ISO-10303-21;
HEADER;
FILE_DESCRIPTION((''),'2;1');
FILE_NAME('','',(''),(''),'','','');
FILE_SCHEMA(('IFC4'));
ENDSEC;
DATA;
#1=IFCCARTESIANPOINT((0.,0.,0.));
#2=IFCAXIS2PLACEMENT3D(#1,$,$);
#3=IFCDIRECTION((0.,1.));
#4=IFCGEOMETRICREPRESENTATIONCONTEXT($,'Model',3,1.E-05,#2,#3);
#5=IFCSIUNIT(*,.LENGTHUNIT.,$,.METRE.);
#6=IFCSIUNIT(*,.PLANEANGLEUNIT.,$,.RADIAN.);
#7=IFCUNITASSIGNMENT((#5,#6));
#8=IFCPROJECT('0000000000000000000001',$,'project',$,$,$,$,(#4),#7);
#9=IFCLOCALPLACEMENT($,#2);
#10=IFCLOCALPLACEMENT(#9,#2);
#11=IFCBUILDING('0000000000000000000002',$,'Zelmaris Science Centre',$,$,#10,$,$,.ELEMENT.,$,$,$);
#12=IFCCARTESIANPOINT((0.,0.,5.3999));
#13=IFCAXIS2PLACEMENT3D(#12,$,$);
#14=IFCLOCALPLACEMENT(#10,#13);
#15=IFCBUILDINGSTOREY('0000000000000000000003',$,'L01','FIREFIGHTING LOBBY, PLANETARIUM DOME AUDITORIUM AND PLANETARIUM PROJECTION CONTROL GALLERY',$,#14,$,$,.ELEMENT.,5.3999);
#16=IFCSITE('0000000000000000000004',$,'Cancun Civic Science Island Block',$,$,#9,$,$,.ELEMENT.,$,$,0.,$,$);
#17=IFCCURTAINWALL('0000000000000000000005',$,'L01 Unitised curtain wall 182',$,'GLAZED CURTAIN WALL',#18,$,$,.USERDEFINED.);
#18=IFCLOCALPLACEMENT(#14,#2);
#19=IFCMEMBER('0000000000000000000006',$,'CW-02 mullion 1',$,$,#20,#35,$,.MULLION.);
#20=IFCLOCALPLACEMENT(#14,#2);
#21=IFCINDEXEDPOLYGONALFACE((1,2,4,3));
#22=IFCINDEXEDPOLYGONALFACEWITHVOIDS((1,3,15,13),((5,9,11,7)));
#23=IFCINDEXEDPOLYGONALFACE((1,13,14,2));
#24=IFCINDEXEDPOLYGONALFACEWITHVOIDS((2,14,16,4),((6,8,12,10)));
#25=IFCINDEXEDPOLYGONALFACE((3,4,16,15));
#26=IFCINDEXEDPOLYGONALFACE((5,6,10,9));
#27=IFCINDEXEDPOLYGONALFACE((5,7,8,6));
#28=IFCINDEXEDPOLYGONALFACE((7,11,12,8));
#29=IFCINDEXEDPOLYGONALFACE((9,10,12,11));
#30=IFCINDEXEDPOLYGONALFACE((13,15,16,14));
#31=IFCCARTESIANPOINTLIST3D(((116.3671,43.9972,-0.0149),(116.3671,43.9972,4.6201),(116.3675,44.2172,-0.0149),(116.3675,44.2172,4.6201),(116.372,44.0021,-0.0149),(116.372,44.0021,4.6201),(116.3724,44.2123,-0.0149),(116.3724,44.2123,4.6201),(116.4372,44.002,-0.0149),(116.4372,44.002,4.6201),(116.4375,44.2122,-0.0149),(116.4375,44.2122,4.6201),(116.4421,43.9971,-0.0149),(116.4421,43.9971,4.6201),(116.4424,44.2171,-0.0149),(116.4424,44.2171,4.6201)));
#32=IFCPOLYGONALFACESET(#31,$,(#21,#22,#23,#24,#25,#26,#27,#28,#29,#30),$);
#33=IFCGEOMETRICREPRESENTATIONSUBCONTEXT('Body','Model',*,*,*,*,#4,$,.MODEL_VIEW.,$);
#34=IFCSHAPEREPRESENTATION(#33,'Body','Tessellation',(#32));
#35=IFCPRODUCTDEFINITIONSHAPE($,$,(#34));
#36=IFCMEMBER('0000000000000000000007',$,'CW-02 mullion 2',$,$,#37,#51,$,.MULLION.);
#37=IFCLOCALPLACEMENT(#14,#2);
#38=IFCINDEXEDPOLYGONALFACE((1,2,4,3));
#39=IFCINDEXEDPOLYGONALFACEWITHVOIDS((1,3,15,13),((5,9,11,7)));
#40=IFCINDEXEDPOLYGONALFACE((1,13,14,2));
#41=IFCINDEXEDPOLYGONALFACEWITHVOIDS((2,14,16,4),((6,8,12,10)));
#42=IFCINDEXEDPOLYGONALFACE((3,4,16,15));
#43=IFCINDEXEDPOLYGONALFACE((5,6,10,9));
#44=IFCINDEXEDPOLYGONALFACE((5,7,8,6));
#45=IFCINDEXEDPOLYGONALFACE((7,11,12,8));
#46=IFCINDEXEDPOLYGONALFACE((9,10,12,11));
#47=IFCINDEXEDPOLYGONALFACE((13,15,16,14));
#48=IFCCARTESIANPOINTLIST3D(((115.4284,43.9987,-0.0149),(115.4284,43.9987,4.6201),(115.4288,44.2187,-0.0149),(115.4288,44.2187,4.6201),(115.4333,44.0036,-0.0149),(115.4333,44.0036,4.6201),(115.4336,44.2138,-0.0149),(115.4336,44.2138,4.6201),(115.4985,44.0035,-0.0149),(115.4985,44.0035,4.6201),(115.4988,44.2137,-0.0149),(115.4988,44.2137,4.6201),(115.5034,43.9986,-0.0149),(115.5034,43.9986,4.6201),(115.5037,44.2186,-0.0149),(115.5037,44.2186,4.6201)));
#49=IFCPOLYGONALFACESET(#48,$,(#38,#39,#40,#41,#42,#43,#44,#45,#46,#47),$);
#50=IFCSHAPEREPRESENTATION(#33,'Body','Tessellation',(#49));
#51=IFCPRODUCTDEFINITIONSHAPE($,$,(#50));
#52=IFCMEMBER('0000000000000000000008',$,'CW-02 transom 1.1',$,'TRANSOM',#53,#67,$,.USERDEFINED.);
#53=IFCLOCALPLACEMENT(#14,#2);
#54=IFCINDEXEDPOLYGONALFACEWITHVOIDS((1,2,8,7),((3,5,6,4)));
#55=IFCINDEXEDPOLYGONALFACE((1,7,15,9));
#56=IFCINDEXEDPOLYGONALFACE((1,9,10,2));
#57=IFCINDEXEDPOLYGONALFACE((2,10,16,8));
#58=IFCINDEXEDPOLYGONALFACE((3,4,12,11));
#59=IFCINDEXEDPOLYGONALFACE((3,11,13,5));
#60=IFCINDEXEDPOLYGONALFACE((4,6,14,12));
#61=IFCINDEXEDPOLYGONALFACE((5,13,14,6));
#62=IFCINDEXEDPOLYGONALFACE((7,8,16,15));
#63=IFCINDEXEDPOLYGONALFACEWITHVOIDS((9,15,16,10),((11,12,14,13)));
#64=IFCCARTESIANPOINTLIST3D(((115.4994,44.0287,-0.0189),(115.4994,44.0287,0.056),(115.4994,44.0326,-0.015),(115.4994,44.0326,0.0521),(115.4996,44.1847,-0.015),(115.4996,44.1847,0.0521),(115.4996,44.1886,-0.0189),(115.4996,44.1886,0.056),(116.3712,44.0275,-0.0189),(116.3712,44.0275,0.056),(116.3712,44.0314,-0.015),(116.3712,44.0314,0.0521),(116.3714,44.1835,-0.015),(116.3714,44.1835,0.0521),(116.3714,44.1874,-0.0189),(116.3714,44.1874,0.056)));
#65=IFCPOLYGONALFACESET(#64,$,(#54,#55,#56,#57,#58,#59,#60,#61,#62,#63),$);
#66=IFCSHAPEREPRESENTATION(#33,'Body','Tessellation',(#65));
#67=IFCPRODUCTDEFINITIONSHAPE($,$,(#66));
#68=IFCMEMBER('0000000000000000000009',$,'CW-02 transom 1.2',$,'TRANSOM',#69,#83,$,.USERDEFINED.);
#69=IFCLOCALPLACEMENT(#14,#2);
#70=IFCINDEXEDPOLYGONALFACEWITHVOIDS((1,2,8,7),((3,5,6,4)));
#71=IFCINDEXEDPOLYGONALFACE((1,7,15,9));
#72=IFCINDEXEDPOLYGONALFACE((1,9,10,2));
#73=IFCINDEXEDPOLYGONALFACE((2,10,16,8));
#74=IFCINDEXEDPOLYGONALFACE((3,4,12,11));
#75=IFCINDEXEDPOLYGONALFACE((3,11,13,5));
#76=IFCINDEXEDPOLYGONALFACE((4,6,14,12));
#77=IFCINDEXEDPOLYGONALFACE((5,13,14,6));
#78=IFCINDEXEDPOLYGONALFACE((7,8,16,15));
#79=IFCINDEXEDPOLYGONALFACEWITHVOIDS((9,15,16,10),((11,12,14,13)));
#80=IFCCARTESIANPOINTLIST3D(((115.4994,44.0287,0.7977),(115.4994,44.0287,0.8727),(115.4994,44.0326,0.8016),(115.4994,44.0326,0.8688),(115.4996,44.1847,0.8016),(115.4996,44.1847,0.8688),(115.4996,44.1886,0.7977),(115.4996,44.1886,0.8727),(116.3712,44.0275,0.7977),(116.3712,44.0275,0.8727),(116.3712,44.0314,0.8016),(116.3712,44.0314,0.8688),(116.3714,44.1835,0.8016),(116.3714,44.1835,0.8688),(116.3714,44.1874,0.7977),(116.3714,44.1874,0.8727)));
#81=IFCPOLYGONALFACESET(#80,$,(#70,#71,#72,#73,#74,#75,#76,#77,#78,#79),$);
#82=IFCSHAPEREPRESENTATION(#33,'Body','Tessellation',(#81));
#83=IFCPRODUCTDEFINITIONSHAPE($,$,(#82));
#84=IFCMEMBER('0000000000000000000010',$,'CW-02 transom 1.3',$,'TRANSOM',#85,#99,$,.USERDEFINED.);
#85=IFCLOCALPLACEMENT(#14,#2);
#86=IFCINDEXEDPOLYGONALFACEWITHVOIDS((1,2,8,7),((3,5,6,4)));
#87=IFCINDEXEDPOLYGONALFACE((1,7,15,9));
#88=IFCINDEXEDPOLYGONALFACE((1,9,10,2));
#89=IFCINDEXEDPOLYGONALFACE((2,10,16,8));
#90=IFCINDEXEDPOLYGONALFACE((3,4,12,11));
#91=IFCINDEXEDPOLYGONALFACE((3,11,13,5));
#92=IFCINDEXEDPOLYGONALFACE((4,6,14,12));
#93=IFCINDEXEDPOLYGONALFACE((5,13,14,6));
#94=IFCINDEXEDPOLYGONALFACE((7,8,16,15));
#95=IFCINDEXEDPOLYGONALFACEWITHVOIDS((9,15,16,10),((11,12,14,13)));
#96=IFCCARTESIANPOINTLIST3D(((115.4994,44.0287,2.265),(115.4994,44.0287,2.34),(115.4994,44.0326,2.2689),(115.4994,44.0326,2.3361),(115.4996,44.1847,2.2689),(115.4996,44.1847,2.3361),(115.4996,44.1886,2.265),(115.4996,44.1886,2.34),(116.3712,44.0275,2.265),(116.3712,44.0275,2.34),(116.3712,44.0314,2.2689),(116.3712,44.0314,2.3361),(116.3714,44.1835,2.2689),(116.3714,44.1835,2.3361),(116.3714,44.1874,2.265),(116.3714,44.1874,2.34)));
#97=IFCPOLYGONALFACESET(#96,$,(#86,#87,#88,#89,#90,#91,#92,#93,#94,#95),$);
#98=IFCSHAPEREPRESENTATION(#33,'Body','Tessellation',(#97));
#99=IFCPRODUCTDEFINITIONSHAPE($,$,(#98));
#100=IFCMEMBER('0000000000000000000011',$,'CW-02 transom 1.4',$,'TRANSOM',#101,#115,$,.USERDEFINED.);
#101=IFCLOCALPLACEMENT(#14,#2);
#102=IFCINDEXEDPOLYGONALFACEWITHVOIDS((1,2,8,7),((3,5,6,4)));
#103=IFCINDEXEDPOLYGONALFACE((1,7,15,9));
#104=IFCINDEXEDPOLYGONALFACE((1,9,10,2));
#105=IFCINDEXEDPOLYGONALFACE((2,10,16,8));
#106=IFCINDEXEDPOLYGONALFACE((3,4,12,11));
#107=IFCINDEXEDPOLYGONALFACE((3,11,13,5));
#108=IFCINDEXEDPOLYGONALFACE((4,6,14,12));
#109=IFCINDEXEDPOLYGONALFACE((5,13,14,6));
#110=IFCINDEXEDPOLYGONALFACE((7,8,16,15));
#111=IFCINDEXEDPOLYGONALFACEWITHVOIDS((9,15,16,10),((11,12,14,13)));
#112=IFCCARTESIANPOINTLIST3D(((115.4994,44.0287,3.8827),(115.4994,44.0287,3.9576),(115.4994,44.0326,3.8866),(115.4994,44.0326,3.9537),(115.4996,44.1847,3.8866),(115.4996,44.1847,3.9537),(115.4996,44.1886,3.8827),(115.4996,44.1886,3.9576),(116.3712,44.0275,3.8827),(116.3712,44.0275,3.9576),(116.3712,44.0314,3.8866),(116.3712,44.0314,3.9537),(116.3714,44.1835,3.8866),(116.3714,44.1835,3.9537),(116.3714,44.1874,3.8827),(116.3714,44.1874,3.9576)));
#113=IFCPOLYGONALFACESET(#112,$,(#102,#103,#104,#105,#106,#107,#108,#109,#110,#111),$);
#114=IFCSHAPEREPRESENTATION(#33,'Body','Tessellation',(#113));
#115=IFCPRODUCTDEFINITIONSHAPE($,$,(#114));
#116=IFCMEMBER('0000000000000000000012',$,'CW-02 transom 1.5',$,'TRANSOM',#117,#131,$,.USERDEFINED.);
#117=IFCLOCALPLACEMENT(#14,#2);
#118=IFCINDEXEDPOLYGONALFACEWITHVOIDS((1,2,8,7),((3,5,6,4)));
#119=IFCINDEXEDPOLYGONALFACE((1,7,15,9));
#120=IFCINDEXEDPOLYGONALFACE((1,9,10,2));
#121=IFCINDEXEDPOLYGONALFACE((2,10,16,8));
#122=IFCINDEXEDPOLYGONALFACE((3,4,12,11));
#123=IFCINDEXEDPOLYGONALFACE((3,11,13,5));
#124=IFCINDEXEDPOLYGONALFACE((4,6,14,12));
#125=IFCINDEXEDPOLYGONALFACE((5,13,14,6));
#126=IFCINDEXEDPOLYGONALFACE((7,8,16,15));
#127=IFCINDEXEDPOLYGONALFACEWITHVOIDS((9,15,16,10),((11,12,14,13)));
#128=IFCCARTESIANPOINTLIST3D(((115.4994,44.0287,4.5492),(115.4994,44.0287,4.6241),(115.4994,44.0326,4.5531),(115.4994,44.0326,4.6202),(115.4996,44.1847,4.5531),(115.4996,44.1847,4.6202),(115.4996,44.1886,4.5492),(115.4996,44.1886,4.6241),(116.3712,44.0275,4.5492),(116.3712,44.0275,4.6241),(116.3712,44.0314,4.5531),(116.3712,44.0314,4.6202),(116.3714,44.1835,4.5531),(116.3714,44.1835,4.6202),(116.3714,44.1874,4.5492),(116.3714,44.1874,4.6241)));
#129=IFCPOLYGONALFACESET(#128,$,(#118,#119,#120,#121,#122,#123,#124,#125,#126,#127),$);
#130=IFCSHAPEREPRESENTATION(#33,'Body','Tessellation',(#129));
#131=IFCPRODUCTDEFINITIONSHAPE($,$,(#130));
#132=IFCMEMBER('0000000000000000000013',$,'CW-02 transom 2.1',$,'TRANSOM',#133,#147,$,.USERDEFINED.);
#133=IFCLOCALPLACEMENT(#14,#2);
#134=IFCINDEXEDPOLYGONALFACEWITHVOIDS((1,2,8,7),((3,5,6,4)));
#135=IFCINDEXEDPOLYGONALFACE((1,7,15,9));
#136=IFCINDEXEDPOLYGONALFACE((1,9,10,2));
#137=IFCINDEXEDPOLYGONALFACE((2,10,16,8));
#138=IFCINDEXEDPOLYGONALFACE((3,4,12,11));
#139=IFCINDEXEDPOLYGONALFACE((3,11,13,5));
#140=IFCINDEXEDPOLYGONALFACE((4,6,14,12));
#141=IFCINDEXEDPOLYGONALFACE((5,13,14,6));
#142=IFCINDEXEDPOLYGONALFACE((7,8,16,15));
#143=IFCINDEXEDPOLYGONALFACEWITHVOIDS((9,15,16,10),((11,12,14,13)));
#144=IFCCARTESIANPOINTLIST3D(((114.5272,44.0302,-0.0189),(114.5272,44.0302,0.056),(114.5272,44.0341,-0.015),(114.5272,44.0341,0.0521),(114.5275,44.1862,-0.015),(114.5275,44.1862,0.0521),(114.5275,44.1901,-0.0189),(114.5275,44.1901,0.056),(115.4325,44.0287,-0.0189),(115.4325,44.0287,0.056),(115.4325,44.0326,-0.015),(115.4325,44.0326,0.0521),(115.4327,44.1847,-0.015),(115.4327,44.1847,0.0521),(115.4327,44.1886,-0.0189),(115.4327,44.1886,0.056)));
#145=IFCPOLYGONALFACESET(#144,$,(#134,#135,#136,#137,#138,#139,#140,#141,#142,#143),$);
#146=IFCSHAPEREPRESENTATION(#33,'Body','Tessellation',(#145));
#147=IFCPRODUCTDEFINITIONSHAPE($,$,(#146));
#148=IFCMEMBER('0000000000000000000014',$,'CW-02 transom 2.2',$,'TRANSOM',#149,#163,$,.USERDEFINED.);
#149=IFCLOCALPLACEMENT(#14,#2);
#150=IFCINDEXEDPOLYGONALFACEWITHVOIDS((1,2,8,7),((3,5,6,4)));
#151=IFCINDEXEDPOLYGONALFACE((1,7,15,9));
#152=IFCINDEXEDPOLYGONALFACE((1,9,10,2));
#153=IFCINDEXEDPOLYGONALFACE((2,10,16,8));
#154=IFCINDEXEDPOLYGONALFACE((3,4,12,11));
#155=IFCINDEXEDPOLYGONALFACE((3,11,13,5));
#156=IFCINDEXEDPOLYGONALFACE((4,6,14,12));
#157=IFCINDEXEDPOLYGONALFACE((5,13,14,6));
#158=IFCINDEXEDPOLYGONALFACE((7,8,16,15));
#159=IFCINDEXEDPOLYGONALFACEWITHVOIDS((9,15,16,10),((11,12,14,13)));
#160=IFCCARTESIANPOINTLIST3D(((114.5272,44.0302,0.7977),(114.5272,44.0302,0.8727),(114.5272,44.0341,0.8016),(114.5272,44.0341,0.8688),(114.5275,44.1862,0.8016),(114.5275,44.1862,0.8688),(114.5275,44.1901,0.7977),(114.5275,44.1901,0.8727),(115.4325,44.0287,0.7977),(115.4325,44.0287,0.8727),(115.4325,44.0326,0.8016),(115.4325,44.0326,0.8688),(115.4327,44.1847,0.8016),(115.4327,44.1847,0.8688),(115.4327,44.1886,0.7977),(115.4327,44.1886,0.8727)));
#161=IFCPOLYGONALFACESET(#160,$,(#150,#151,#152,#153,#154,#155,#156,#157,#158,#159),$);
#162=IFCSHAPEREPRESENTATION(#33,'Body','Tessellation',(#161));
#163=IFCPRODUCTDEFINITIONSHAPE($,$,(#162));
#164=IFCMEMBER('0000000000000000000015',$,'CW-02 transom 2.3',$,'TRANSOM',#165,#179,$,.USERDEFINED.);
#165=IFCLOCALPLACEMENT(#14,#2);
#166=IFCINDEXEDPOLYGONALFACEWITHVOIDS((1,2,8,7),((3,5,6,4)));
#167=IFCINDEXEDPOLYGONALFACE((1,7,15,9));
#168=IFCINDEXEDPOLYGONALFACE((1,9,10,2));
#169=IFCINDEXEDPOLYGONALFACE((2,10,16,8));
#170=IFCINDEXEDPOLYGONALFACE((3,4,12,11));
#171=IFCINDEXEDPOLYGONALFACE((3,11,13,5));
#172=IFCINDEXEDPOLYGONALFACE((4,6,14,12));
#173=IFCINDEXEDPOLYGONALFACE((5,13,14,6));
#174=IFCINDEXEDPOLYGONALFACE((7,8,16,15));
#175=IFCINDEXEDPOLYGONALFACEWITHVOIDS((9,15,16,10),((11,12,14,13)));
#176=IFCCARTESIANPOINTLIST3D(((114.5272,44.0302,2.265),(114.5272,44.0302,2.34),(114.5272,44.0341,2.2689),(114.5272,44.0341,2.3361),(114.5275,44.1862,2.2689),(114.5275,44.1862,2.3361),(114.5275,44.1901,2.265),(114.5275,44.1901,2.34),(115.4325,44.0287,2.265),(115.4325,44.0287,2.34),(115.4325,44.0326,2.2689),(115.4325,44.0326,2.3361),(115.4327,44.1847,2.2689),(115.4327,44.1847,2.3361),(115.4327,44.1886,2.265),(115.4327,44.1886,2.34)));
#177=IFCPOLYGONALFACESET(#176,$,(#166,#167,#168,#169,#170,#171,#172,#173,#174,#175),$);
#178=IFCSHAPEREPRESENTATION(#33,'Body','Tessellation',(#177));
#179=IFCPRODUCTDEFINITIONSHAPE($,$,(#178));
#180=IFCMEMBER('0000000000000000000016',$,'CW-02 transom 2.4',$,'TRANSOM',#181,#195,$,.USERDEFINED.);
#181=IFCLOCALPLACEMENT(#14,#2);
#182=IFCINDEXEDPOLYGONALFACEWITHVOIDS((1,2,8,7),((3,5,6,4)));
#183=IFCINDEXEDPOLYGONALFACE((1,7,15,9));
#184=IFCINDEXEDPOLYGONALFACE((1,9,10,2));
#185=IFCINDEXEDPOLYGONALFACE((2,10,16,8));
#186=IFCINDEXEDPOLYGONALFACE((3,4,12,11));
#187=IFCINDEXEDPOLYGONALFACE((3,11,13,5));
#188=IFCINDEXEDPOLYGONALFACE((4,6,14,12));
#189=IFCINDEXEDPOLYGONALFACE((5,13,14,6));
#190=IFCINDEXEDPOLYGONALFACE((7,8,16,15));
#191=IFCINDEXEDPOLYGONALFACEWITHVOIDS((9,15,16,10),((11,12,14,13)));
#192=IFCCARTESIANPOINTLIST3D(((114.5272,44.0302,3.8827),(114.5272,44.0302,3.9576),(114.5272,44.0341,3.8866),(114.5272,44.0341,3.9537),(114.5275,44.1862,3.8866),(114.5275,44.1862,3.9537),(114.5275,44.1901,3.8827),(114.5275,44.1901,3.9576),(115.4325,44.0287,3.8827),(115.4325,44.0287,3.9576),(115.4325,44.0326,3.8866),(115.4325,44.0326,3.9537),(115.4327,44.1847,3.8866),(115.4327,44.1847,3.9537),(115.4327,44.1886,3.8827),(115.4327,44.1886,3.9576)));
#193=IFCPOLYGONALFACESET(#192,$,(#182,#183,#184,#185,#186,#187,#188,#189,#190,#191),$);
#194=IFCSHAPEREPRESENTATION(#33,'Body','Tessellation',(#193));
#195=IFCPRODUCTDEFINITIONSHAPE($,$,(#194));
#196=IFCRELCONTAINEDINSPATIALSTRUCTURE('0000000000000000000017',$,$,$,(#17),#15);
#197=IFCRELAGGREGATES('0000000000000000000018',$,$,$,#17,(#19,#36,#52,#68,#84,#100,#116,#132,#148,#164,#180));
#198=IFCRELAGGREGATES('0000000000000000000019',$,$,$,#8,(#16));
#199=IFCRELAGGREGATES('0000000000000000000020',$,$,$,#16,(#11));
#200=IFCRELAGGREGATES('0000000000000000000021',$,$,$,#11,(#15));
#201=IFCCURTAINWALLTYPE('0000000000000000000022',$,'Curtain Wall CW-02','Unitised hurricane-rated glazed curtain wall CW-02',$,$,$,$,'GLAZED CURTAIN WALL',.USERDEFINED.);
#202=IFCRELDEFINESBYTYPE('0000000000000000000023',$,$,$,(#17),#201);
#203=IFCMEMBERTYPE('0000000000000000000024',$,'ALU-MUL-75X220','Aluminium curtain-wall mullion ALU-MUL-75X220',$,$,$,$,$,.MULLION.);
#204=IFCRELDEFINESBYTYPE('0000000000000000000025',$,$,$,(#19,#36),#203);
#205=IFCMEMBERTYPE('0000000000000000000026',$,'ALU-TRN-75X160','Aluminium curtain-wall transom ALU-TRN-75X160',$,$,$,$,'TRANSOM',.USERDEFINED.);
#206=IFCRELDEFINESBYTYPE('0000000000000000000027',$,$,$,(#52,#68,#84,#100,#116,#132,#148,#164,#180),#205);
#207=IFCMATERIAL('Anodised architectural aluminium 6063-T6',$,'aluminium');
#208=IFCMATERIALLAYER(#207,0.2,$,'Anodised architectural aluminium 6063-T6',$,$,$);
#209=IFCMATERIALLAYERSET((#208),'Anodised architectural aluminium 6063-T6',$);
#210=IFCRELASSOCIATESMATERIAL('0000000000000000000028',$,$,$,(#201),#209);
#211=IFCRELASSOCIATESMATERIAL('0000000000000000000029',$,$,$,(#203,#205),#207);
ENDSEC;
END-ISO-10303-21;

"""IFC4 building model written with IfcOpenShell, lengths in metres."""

from ifc_helpers import new_model, si_unit, direction, frame, origin, origin_2d, place, context, subcontext, project, spatial, hollow_rectangle, extrude, material, layer, layer_set, material_profile, profile_set, type_object, element, aggregate, save


model = new_model("IFC4")

# Units and contexts
model_context = context("Model", 3, precision=1e-05, world=origin(), true_north=direction((0.0, 1.0)))
body_context = subcontext(model_context, "Body", "Model", "MODEL_VIEW")
ifc_project = project(units=[si_unit("LENGTHUNIT", "METRE"), si_unit("PLANEANGLEUNIT", "RADIAN")], contexts=[model_context])

# Site, building, storey
site_placement = place(None, origin())
site = spatial("IfcSite", under=ifc_project, at=site_placement, Name="Cancun Civic Science Island Block", CompositionType="ELEMENT", RefElevation=0.0)
building_placement = place(site_placement, origin())
building = spatial("IfcBuilding", under=site, at=building_placement, Name="Zelmaris Science Centre", CompositionType="ELEMENT")
storey_placement = place(building_placement, frame((0.0, 0.0, 5.3999)))
storey = spatial("IfcBuildingStorey", under=building, at=storey_placement, Name="L01", Description="FIREFIGHTING LOBBY, PLANETARIUM DOME AUDITORIUM AND PLANETARIUM PROJECTION CONTROL GALLERY", CompositionType="ELEMENT", Elevation=5.3999)

# Curtain wall, members
ifc_material_1 = material(Name="Anodised architectural aluminium 6063-T6", Category="aluminium")
ifc_layer_1 = layer(ifc_material_1, 0.2, Name="Anodised architectural aluminium 6063-T6")
ifc_layer_set_1 = layer_set([ifc_layer_1], Name="Anodised architectural aluminium 6063-T6")
curtain_wall_type_1 = type_object("IfcCurtainWallType", Name="Curtain Wall CW-02", Description="Unitised hurricane-rated glazed curtain wall CW-02", ElementType="GLAZED CURTAIN WALL", PredefinedType="USERDEFINED", material=ifc_layer_set_1)
curtain_wall_1_placement = place(storey_placement, origin())
curtain_wall_1 = element("IfcCurtainWall", 1, at=curtain_wall_1_placement, inside=storey, type_object=curtain_wall_type_1, Name="L01 Unitised curtain wall 182", ObjectType="GLAZED CURTAIN WALL", PredefinedType="USERDEFINED")
ifc_material_profile_1 = material_profile(ifc_material_1, hollow_rectangle(XDim=0.075, YDim=0.22, WallThickness=0.0049, at=origin_2d()), Name="ALU-MUL-75X220")
ifc_profile_set_1 = profile_set([ifc_material_profile_1], Name="Anodised architectural aluminium 6063-T6")
member_type_1 = type_object("IfcMemberType", Name="ALU-MUL-75X220", Description="Aluminium curtain-wall mullion ALU-MUL-75X220", PredefinedType="MULLION", material=ifc_profile_set_1)
member_1_placement = place(storey_placement, frame((116.4048, 44.1072, -0.0149), z_axis=(0.0, 0.0, 1.0), x_axis=(-0.999999, 0.001525, 0.0)))
member_1 = element("IfcMember", 2, at=member_1_placement, type_object=member_type_1, Name="CW-02 mullion 1", PredefinedType="MULLION", context=body_context, shape_type="SweptSolid", body=[
    extrude(hollow_rectangle(XDim=0.075, YDim=0.22, WallThickness=0.0049, at=origin_2d()), origin(), (0.0, 0.0, 1.0), 4.635),
])
member_2_placement = place(storey_placement, frame((115.4661, 44.1086, -0.0149), z_axis=(0.0, 0.0, 1.0), x_axis=(-0.999999, 0.001525, 0.0)))
member_2 = element("IfcMember", 3, at=member_2_placement, type_object=member_type_1, Name="CW-02 mullion 2", PredefinedType="MULLION", context=body_context, shape_type="SweptSolid", body=[
    extrude(hollow_rectangle(XDim=0.075, YDim=0.22, WallThickness=0.0049, at=origin_2d()), origin(), (0.0, 0.0, 1.0), 4.635),
])
ifc_material_profile_2 = material_profile(ifc_material_1, hollow_rectangle(XDim=0.075, YDim=0.1599, WallThickness=0.0039, at=origin_2d()), Name="ALU-TRN-75X160")
ifc_profile_set_2 = profile_set([ifc_material_profile_2], Name="Anodised architectural aluminium 6063-T6")
member_type_2 = type_object("IfcMemberType", Name="ALU-TRN-75X160", Description="Aluminium curtain-wall transom ALU-TRN-75X160", ElementType="TRANSOM", PredefinedType="USERDEFINED", material=ifc_profile_set_2)
member_3_placement = place(storey_placement, frame((116.3713, 44.1074, 0.0186), z_axis=(-0.999999, 0.0014, 0.0), x_axis=(0.0, 0.0, 1.0)))
member_3 = element("IfcMember", 4, at=member_3_placement, type_object=member_type_2, Name="CW-02 transom 1.1", ObjectType="TRANSOM", PredefinedType="USERDEFINED", context=body_context, shape_type="SweptSolid", body=[
    extrude(hollow_rectangle(XDim=0.075, YDim=0.1599, WallThickness=0.0039, at=origin_2d()), origin(), (0.0, 0.0, 1.0), 0.8718),
])
member_4_placement = place(storey_placement, frame((116.3713, 44.1074, 0.8352), z_axis=(-0.999999, 0.0014, 0.0), x_axis=(0.0, 0.0, 1.0)))
member_4 = element("IfcMember", 5, at=member_4_placement, type_object=member_type_2, Name="CW-02 transom 1.2", ObjectType="TRANSOM", PredefinedType="USERDEFINED", context=body_context, shape_type="SweptSolid", body=[
    extrude(hollow_rectangle(XDim=0.075, YDim=0.1599, WallThickness=0.0039, at=origin_2d()), origin(), (0.0, 0.0, 1.0), 0.8718),
])
member_5_placement = place(storey_placement, frame((116.3713, 44.1074, 2.3025), z_axis=(-0.999999, 0.0014, 0.0), x_axis=(0.0, 0.0, 1.0)))
member_5 = element("IfcMember", 6, at=member_5_placement, type_object=member_type_2, Name="CW-02 transom 1.3", ObjectType="TRANSOM", PredefinedType="USERDEFINED", context=body_context, shape_type="SweptSolid", body=[
    extrude(hollow_rectangle(XDim=0.075, YDim=0.1599, WallThickness=0.0039, at=origin_2d()), origin(), (0.0, 0.0, 1.0), 0.8718),
])
member_6_placement = place(storey_placement, frame((116.3713, 44.1074, 3.9202), z_axis=(-0.999999, 0.0014, 0.0), x_axis=(0.0, 0.0, 1.0)))
member_6 = element("IfcMember", 7, at=member_6_placement, type_object=member_type_2, Name="CW-02 transom 1.4", ObjectType="TRANSOM", PredefinedType="USERDEFINED", context=body_context, shape_type="SweptSolid", body=[
    extrude(hollow_rectangle(XDim=0.075, YDim=0.1599, WallThickness=0.0039, at=origin_2d()), origin(), (0.0, 0.0, 1.0), 0.8718),
])
member_7_placement = place(storey_placement, frame((116.3713, 44.1074, 4.5867), z_axis=(-0.999999, 0.0014, 0.0), x_axis=(0.0, 0.0, 1.0)))
member_7 = element("IfcMember", 8, at=member_7_placement, type_object=member_type_2, Name="CW-02 transom 1.5", ObjectType="TRANSOM", PredefinedType="USERDEFINED", context=body_context, shape_type="SweptSolid", body=[
    extrude(hollow_rectangle(XDim=0.075, YDim=0.1599, WallThickness=0.0039, at=origin_2d()), origin(), (0.0, 0.0, 1.0), 0.8718),
])
member_8_placement = place(storey_placement, frame((115.4326, 44.1086, 0.0186), z_axis=(-0.999999, 0.001618, 0.0), x_axis=(0.0, 0.0, 1.0)))
member_8 = element("IfcMember", 9, at=member_8_placement, type_object=member_type_2, Name="CW-02 transom 2.1", ObjectType="TRANSOM", PredefinedType="USERDEFINED", context=body_context, shape_type="SweptSolid", body=[
    extrude(hollow_rectangle(XDim=0.075, YDim=0.1599, WallThickness=0.0039, at=origin_2d()), origin(), (0.0, 0.0, 1.0), 0.9053),
])
member_9_placement = place(storey_placement, frame((115.4326, 44.1086, 0.8352), z_axis=(-0.999999, 0.001618, 0.0), x_axis=(0.0, 0.0, 1.0)))
member_9 = element("IfcMember", 10, at=member_9_placement, type_object=member_type_2, Name="CW-02 transom 2.2", ObjectType="TRANSOM", PredefinedType="USERDEFINED", context=body_context, shape_type="SweptSolid", body=[
    extrude(hollow_rectangle(XDim=0.075, YDim=0.1599, WallThickness=0.0039, at=origin_2d()), origin(), (0.0, 0.0, 1.0), 0.9053),
])
member_10_placement = place(storey_placement, frame((115.4326, 44.1086, 2.3025), z_axis=(-0.999999, 0.001618, 0.0), x_axis=(0.0, 0.0, 1.0)))
member_10 = element("IfcMember", 11, at=member_10_placement, type_object=member_type_2, Name="CW-02 transom 2.3", ObjectType="TRANSOM", PredefinedType="USERDEFINED", context=body_context, shape_type="SweptSolid", body=[
    extrude(hollow_rectangle(XDim=0.075, YDim=0.1599, WallThickness=0.0039, at=origin_2d()), origin(), (0.0, 0.0, 1.0), 0.9053),
])
member_11_placement = place(storey_placement, frame((115.4326, 44.1086, 3.9202), z_axis=(-0.999999, 0.001618, 0.0), x_axis=(0.0, 0.0, 1.0)))
member_11 = element("IfcMember", 12, at=member_11_placement, type_object=member_type_2, Name="CW-02 transom 2.4", ObjectType="TRANSOM", PredefinedType="USERDEFINED", context=body_context, shape_type="SweptSolid", body=[
    extrude(hollow_rectangle(XDim=0.075, YDim=0.1599, WallThickness=0.0039, at=origin_2d()), origin(), (0.0, 0.0, 1.0), 0.9053),
])

aggregate(curtain_wall_1, [member_1, member_2, member_3, member_4, member_5, member_6, member_7, member_8, member_9, member_10, member_11])

save(model, "model.ifc")
